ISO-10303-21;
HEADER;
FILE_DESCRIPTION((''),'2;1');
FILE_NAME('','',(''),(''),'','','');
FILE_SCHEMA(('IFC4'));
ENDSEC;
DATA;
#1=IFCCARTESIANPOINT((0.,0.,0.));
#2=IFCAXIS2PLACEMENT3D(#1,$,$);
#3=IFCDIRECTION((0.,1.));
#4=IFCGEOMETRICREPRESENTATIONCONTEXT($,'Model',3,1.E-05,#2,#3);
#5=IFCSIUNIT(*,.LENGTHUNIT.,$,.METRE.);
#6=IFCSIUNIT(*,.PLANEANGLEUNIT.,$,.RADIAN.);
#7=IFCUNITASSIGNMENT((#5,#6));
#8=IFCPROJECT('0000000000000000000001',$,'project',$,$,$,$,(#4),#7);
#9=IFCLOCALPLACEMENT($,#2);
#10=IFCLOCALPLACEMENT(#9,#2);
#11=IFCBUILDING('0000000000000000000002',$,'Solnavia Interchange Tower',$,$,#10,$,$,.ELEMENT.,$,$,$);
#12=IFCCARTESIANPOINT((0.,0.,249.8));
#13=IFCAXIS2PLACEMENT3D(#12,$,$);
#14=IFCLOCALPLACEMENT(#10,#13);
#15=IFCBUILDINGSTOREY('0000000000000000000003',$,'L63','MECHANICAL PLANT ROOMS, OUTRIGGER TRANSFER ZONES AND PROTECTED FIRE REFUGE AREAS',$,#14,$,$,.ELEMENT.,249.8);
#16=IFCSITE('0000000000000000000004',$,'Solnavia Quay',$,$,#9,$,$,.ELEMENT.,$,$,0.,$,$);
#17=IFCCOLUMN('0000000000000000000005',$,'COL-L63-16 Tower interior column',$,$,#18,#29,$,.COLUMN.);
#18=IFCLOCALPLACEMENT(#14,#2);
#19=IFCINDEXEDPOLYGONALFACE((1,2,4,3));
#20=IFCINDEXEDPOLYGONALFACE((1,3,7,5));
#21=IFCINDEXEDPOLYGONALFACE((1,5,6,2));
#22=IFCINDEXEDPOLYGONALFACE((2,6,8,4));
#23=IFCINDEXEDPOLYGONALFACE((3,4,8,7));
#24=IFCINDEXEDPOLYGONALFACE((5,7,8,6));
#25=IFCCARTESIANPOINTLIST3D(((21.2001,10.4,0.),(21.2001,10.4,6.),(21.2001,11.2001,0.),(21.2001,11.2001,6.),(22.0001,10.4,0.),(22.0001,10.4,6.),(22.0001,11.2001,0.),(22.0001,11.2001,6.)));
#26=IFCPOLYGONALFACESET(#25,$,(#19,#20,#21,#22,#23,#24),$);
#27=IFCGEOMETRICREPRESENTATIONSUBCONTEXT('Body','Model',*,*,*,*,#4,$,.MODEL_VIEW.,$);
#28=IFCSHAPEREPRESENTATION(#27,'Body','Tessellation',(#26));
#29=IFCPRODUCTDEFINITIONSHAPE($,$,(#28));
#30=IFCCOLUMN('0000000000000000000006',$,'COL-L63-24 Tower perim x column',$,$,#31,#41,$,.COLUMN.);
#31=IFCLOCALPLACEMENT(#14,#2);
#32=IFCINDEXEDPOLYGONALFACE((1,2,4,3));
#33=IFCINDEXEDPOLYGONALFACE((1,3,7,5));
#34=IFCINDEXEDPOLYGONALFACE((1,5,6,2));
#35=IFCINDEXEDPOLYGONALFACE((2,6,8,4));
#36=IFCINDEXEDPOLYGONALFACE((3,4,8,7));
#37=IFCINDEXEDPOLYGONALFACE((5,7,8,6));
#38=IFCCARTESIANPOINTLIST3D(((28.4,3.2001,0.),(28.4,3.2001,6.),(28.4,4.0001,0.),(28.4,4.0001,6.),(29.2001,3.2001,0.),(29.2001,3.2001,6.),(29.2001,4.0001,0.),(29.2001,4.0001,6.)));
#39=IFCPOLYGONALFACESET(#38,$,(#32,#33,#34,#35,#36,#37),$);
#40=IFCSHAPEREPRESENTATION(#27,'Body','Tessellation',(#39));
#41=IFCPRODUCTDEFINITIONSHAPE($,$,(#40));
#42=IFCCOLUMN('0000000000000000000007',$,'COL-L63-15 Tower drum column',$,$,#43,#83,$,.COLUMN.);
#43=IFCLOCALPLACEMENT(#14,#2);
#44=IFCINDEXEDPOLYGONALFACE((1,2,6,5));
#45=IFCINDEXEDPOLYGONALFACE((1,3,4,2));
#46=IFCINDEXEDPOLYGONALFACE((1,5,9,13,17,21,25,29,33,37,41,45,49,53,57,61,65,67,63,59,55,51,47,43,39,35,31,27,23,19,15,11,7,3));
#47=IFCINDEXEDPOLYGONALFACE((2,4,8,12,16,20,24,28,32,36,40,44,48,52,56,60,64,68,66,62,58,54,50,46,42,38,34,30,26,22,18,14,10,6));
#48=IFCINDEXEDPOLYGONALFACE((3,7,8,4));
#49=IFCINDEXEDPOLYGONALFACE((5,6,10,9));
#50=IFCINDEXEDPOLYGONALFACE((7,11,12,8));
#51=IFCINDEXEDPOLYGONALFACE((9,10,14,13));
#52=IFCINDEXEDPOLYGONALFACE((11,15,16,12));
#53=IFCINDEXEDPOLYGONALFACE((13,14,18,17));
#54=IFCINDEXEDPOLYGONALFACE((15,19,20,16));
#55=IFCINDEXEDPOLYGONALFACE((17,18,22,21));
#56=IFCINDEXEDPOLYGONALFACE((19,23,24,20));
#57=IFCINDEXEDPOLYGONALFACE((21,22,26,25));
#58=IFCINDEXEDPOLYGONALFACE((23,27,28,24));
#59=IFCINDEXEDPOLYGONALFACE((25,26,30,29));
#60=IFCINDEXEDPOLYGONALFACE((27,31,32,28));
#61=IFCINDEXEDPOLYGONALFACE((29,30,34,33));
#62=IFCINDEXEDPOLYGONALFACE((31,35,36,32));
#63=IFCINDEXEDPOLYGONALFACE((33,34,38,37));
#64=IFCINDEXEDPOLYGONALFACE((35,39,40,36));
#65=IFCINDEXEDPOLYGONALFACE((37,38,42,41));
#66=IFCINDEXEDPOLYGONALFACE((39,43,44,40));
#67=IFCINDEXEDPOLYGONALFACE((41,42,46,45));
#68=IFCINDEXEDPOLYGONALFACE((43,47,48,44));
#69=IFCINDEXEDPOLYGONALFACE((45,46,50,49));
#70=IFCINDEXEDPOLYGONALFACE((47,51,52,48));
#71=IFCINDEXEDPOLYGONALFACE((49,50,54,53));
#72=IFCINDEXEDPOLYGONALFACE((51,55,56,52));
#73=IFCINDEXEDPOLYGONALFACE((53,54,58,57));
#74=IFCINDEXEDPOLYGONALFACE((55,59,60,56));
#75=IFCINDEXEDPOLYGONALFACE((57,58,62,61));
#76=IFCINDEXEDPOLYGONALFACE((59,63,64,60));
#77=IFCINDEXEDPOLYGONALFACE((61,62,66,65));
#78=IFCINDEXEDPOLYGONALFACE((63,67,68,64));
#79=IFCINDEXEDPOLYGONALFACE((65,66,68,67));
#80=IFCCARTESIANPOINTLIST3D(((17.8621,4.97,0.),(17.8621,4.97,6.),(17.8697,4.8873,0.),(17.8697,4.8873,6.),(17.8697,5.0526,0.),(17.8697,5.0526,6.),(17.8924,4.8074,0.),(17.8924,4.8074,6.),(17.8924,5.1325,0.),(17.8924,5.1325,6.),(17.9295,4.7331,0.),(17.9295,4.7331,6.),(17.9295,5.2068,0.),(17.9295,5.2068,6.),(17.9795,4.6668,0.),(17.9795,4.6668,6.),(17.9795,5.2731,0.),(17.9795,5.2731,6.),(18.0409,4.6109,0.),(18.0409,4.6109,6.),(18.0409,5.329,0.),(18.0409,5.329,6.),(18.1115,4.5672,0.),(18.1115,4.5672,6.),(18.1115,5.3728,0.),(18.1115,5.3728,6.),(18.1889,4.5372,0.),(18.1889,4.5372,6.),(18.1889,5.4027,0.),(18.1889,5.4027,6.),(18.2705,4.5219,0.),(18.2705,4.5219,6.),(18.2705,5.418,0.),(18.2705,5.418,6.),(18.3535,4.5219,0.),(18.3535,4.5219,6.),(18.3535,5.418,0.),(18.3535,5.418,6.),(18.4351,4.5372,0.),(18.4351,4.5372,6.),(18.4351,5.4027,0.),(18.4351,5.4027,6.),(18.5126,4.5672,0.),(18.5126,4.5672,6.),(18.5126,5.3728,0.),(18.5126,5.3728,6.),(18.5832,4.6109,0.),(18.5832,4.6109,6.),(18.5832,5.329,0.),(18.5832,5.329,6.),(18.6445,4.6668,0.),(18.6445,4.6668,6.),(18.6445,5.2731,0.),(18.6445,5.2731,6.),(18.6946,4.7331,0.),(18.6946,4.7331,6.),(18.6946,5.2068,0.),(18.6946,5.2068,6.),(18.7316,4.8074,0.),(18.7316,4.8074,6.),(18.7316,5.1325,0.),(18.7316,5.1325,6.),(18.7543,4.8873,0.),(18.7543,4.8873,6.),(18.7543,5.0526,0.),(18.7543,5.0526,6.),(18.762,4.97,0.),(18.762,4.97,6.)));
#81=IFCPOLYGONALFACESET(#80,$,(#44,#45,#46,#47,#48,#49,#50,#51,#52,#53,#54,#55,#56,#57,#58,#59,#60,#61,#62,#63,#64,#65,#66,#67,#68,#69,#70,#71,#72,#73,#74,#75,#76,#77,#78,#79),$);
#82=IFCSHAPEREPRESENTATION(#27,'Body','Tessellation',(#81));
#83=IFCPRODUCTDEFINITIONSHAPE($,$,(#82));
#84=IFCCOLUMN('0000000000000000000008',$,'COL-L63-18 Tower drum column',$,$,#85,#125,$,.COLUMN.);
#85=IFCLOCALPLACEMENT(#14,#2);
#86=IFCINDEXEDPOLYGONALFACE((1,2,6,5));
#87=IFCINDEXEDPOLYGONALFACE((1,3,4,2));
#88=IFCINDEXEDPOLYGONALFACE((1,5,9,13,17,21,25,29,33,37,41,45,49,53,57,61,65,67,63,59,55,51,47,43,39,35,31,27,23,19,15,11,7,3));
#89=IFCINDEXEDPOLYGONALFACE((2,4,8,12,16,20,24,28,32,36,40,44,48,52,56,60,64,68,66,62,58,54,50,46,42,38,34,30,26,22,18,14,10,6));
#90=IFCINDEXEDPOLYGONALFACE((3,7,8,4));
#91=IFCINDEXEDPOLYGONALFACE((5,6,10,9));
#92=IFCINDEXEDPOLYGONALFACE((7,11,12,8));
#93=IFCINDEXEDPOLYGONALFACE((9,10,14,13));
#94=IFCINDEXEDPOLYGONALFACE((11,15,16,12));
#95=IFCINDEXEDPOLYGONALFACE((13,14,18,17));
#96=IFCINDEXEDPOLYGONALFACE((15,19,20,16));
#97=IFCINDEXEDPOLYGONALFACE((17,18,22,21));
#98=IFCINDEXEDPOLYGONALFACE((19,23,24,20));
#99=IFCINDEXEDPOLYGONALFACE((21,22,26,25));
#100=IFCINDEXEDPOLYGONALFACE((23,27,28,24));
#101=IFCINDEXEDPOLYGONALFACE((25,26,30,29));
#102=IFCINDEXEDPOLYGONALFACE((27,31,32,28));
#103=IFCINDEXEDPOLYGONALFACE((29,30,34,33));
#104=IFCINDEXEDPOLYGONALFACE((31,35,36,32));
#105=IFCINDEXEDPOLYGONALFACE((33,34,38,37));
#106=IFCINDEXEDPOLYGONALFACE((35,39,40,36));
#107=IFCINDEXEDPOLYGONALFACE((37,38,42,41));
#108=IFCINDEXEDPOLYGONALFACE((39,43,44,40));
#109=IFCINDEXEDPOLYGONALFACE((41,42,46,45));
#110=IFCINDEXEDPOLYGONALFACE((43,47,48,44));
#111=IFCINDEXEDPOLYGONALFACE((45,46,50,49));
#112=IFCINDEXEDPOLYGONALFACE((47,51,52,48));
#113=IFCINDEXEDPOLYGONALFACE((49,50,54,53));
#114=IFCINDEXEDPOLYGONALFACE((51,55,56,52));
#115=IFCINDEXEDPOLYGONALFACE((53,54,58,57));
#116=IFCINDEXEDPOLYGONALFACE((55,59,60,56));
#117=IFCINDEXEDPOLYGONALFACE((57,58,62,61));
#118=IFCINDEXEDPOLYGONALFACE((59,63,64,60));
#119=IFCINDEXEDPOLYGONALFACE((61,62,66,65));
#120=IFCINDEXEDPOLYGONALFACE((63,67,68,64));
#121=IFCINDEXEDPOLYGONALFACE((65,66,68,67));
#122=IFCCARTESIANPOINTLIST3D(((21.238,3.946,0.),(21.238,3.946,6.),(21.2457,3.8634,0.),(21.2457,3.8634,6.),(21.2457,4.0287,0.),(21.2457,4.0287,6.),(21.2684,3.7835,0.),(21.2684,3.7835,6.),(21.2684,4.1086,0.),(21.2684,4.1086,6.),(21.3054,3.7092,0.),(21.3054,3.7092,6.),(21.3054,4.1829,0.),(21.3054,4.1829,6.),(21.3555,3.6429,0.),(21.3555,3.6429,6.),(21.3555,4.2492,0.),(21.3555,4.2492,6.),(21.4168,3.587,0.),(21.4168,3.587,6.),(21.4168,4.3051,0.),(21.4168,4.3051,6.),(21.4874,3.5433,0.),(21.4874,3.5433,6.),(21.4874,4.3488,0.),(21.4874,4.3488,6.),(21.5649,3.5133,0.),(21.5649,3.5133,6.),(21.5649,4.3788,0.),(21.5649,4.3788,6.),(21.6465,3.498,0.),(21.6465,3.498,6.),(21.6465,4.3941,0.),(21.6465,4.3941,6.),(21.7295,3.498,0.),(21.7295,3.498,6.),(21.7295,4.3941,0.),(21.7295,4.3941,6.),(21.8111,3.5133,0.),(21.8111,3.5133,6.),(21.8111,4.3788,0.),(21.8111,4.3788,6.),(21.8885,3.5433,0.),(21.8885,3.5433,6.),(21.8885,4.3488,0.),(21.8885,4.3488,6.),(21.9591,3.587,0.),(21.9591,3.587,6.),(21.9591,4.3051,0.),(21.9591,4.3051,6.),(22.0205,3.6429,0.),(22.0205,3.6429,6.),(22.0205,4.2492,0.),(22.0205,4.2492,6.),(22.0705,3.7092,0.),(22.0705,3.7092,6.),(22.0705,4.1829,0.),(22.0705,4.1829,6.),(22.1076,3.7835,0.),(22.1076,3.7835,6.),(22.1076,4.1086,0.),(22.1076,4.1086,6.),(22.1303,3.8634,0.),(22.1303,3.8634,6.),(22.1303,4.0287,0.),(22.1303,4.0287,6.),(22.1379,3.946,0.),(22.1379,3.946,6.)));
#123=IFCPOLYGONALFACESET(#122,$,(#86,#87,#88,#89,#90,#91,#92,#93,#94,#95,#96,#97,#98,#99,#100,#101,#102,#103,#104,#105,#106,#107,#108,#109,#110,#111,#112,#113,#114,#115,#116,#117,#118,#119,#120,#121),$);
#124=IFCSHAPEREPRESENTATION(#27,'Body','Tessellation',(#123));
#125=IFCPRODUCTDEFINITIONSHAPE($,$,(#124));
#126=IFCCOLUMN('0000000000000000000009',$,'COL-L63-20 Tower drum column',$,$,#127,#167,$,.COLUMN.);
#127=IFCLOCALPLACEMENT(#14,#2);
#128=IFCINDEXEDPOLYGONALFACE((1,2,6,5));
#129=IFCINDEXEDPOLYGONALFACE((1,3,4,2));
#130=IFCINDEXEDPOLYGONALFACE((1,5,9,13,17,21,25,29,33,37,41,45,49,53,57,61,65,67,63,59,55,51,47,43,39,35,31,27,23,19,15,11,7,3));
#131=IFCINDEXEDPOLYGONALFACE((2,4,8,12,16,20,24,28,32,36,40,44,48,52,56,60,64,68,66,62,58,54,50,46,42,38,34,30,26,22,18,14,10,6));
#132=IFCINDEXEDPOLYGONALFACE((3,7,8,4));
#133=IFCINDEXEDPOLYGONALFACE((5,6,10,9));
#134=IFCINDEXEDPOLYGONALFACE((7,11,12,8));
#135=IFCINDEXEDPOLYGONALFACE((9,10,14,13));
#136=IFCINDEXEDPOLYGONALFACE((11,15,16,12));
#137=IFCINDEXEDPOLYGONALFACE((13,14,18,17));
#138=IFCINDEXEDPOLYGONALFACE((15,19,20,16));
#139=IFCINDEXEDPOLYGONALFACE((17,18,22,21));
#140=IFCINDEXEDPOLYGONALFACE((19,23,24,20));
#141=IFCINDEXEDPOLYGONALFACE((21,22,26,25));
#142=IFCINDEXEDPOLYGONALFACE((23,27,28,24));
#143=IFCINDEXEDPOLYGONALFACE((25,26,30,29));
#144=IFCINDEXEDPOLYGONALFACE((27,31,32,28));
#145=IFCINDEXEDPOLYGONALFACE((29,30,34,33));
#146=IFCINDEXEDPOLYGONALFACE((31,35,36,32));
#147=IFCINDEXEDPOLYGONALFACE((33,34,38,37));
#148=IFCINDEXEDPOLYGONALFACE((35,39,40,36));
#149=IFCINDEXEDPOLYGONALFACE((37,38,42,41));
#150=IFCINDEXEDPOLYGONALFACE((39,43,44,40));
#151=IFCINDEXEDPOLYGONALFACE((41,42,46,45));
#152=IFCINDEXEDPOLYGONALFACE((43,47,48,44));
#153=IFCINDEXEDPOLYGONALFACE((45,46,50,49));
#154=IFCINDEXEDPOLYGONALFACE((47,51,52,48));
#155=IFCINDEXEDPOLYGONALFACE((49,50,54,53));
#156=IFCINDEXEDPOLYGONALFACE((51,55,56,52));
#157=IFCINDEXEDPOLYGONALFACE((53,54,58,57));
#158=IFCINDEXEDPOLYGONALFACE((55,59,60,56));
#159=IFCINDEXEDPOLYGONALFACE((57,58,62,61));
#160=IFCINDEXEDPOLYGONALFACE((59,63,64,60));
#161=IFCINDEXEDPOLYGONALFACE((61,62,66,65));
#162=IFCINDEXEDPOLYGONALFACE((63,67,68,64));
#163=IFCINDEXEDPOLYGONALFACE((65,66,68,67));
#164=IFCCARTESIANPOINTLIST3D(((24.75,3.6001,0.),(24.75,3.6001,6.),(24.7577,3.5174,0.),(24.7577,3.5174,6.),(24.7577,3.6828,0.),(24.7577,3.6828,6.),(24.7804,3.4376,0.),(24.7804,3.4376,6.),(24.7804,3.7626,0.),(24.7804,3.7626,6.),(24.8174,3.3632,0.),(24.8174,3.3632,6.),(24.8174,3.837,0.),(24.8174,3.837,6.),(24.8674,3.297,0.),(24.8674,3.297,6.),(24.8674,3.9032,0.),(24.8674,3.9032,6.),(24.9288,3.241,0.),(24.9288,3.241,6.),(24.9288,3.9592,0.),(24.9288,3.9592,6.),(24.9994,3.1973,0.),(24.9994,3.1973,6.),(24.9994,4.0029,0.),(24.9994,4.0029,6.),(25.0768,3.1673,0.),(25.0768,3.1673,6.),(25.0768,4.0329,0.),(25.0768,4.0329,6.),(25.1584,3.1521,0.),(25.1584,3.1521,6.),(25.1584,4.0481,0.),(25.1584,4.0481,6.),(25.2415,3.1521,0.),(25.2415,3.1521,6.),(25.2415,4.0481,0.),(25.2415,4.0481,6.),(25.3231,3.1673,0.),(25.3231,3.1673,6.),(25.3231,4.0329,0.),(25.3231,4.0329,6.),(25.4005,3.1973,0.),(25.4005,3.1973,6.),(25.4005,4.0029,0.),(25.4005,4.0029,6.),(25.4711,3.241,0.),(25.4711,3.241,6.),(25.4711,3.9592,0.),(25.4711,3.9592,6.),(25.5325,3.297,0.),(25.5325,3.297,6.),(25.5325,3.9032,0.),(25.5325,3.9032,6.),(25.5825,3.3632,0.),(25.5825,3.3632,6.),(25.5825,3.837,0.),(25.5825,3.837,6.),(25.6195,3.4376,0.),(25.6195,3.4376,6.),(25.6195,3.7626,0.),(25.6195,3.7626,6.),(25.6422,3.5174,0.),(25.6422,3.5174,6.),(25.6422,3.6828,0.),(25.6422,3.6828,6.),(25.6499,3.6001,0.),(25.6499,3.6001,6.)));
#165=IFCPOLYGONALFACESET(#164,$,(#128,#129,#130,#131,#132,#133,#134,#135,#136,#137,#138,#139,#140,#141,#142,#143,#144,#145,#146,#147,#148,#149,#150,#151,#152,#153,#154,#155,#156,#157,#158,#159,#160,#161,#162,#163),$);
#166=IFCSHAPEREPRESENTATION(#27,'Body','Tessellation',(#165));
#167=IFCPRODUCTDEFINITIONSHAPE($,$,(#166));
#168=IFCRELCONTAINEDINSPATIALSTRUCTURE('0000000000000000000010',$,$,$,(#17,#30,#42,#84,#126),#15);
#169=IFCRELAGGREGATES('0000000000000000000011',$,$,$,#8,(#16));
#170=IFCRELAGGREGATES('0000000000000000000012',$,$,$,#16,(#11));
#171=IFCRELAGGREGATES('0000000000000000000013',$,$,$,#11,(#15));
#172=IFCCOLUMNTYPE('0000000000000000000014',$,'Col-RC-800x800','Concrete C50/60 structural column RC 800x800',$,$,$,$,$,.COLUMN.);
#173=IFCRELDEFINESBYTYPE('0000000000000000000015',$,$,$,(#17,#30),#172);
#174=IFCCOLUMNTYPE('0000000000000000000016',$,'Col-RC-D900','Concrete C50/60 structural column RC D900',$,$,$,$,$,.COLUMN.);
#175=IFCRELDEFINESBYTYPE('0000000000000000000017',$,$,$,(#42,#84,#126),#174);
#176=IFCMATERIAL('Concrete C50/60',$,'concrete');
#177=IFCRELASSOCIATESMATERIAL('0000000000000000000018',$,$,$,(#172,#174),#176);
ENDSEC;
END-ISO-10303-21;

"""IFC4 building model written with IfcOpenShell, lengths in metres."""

from ifc_helpers import new_model, si_unit, direction, frame, origin, origin_2d, place, context, subcontext, project, spatial, rectangle, circle, extrude, material, material_profile, profile_set, type_object, element, save


model = new_model("IFC4")

# Units and contexts
model_context = context("Model", 3, precision=1e-05, world=origin(), true_north=direction((0.0, 1.0)))
body_context = subcontext(model_context, "Body", "Model", "MODEL_VIEW")
ifc_project = project(units=[si_unit("LENGTHUNIT", "METRE"), si_unit("PLANEANGLEUNIT", "RADIAN")], contexts=[model_context])

# Site, building, storey
site_placement = place(None, origin())
site = spatial("IfcSite", under=ifc_project, at=site_placement, Name="Solnavia Quay", CompositionType="ELEMENT", RefElevation=0.0)
building_placement = place(site_placement, origin())
building = spatial("IfcBuilding", under=site, at=building_placement, Name="Solnavia Interchange Tower", CompositionType="ELEMENT")
storey_placement = place(building_placement, frame((0.0, 0.0, 249.8)))
storey = spatial("IfcBuildingStorey", under=building, at=storey_placement, Name="L63", Description="MECHANICAL PLANT ROOMS, OUTRIGGER TRANSFER ZONES AND PROTECTED FIRE REFUGE AREAS", CompositionType="ELEMENT", Elevation=249.8)

# Columns
ifc_material_1 = material(Name="Concrete C50/60", Category="concrete")
ifc_material_profile_1 = material_profile(ifc_material_1, rectangle(XDim=0.8, YDim=0.8, at=origin_2d()), Name="RC 800x800")
ifc_profile_set_1 = profile_set([ifc_material_profile_1], Name="Concrete C50/60")
column_type_1 = type_object("IfcColumnType", Name="Col-RC-800x800", Description="Concrete C50/60 structural column RC 800x800", PredefinedType="COLUMN", material=ifc_profile_set_1)
for number, where, z_axis, x_axis, name in (
    (1, (21.6001, 10.8, 0.0), (0.0, 0.0, 1.0), (1.0, 0.0, 0.0), "COL-L63-16 Tower interior column"),
    (2, (28.8, 3.6001, 0.0), (0.0, 0.0, 1.0), (1.0, 0.0, 0.0), "COL-L63-24 Tower perim x column"),
):
    element("IfcColumn", number, at=place(storey_placement, frame(where, z_axis=z_axis, x_axis=x_axis)), inside=storey, type_object=column_type_1, Name=name, PredefinedType="COLUMN", context=body_context, shape_type="SweptSolid", body=[
        extrude(rectangle(XDim=0.8, YDim=0.8, at=origin_2d()), origin(), (0.0, 0.0, 1.0), 6.0),
    ])
ifc_material_profile_2 = material_profile(ifc_material_1, circle(Radius=0.45, at=origin_2d()), Name="RC D900")
ifc_profile_set_2 = profile_set([ifc_material_profile_2], Name="Concrete C50/60")
column_type_2 = type_object("IfcColumnType", Name="Col-RC-D900", Description="Concrete C50/60 structural column RC D900", PredefinedType="COLUMN", material=ifc_profile_set_2)
for number, where, z_axis, x_axis, name in (
    (3, (18.312, 4.97, 0.0), (0.0, 0.0, 1.0), (1.0, 0.0, 0.0), "COL-L63-15 Tower drum column"),
    (4, (21.688, 3.946, 0.0), (0.0, 0.0, 1.0), (1.0, 0.0, 0.0), "COL-L63-18 Tower drum column"),
    (5, (25.2, 3.6001, 0.0), (0.0, 0.0, 1.0), (1.0, 0.0, 0.0), "COL-L63-20 Tower drum column"),
):
    element("IfcColumn", number, at=place(storey_placement, frame(where, z_axis=z_axis, x_axis=x_axis)), inside=storey, type_object=column_type_2, Name=name, PredefinedType="COLUMN", context=body_context, shape_type="SweptSolid", body=[
        extrude(circle(Radius=0.45, at=origin_2d()), origin(), (0.0, 0.0, 1.0), 6.0),
    ])

save(model, "model.ifc")
